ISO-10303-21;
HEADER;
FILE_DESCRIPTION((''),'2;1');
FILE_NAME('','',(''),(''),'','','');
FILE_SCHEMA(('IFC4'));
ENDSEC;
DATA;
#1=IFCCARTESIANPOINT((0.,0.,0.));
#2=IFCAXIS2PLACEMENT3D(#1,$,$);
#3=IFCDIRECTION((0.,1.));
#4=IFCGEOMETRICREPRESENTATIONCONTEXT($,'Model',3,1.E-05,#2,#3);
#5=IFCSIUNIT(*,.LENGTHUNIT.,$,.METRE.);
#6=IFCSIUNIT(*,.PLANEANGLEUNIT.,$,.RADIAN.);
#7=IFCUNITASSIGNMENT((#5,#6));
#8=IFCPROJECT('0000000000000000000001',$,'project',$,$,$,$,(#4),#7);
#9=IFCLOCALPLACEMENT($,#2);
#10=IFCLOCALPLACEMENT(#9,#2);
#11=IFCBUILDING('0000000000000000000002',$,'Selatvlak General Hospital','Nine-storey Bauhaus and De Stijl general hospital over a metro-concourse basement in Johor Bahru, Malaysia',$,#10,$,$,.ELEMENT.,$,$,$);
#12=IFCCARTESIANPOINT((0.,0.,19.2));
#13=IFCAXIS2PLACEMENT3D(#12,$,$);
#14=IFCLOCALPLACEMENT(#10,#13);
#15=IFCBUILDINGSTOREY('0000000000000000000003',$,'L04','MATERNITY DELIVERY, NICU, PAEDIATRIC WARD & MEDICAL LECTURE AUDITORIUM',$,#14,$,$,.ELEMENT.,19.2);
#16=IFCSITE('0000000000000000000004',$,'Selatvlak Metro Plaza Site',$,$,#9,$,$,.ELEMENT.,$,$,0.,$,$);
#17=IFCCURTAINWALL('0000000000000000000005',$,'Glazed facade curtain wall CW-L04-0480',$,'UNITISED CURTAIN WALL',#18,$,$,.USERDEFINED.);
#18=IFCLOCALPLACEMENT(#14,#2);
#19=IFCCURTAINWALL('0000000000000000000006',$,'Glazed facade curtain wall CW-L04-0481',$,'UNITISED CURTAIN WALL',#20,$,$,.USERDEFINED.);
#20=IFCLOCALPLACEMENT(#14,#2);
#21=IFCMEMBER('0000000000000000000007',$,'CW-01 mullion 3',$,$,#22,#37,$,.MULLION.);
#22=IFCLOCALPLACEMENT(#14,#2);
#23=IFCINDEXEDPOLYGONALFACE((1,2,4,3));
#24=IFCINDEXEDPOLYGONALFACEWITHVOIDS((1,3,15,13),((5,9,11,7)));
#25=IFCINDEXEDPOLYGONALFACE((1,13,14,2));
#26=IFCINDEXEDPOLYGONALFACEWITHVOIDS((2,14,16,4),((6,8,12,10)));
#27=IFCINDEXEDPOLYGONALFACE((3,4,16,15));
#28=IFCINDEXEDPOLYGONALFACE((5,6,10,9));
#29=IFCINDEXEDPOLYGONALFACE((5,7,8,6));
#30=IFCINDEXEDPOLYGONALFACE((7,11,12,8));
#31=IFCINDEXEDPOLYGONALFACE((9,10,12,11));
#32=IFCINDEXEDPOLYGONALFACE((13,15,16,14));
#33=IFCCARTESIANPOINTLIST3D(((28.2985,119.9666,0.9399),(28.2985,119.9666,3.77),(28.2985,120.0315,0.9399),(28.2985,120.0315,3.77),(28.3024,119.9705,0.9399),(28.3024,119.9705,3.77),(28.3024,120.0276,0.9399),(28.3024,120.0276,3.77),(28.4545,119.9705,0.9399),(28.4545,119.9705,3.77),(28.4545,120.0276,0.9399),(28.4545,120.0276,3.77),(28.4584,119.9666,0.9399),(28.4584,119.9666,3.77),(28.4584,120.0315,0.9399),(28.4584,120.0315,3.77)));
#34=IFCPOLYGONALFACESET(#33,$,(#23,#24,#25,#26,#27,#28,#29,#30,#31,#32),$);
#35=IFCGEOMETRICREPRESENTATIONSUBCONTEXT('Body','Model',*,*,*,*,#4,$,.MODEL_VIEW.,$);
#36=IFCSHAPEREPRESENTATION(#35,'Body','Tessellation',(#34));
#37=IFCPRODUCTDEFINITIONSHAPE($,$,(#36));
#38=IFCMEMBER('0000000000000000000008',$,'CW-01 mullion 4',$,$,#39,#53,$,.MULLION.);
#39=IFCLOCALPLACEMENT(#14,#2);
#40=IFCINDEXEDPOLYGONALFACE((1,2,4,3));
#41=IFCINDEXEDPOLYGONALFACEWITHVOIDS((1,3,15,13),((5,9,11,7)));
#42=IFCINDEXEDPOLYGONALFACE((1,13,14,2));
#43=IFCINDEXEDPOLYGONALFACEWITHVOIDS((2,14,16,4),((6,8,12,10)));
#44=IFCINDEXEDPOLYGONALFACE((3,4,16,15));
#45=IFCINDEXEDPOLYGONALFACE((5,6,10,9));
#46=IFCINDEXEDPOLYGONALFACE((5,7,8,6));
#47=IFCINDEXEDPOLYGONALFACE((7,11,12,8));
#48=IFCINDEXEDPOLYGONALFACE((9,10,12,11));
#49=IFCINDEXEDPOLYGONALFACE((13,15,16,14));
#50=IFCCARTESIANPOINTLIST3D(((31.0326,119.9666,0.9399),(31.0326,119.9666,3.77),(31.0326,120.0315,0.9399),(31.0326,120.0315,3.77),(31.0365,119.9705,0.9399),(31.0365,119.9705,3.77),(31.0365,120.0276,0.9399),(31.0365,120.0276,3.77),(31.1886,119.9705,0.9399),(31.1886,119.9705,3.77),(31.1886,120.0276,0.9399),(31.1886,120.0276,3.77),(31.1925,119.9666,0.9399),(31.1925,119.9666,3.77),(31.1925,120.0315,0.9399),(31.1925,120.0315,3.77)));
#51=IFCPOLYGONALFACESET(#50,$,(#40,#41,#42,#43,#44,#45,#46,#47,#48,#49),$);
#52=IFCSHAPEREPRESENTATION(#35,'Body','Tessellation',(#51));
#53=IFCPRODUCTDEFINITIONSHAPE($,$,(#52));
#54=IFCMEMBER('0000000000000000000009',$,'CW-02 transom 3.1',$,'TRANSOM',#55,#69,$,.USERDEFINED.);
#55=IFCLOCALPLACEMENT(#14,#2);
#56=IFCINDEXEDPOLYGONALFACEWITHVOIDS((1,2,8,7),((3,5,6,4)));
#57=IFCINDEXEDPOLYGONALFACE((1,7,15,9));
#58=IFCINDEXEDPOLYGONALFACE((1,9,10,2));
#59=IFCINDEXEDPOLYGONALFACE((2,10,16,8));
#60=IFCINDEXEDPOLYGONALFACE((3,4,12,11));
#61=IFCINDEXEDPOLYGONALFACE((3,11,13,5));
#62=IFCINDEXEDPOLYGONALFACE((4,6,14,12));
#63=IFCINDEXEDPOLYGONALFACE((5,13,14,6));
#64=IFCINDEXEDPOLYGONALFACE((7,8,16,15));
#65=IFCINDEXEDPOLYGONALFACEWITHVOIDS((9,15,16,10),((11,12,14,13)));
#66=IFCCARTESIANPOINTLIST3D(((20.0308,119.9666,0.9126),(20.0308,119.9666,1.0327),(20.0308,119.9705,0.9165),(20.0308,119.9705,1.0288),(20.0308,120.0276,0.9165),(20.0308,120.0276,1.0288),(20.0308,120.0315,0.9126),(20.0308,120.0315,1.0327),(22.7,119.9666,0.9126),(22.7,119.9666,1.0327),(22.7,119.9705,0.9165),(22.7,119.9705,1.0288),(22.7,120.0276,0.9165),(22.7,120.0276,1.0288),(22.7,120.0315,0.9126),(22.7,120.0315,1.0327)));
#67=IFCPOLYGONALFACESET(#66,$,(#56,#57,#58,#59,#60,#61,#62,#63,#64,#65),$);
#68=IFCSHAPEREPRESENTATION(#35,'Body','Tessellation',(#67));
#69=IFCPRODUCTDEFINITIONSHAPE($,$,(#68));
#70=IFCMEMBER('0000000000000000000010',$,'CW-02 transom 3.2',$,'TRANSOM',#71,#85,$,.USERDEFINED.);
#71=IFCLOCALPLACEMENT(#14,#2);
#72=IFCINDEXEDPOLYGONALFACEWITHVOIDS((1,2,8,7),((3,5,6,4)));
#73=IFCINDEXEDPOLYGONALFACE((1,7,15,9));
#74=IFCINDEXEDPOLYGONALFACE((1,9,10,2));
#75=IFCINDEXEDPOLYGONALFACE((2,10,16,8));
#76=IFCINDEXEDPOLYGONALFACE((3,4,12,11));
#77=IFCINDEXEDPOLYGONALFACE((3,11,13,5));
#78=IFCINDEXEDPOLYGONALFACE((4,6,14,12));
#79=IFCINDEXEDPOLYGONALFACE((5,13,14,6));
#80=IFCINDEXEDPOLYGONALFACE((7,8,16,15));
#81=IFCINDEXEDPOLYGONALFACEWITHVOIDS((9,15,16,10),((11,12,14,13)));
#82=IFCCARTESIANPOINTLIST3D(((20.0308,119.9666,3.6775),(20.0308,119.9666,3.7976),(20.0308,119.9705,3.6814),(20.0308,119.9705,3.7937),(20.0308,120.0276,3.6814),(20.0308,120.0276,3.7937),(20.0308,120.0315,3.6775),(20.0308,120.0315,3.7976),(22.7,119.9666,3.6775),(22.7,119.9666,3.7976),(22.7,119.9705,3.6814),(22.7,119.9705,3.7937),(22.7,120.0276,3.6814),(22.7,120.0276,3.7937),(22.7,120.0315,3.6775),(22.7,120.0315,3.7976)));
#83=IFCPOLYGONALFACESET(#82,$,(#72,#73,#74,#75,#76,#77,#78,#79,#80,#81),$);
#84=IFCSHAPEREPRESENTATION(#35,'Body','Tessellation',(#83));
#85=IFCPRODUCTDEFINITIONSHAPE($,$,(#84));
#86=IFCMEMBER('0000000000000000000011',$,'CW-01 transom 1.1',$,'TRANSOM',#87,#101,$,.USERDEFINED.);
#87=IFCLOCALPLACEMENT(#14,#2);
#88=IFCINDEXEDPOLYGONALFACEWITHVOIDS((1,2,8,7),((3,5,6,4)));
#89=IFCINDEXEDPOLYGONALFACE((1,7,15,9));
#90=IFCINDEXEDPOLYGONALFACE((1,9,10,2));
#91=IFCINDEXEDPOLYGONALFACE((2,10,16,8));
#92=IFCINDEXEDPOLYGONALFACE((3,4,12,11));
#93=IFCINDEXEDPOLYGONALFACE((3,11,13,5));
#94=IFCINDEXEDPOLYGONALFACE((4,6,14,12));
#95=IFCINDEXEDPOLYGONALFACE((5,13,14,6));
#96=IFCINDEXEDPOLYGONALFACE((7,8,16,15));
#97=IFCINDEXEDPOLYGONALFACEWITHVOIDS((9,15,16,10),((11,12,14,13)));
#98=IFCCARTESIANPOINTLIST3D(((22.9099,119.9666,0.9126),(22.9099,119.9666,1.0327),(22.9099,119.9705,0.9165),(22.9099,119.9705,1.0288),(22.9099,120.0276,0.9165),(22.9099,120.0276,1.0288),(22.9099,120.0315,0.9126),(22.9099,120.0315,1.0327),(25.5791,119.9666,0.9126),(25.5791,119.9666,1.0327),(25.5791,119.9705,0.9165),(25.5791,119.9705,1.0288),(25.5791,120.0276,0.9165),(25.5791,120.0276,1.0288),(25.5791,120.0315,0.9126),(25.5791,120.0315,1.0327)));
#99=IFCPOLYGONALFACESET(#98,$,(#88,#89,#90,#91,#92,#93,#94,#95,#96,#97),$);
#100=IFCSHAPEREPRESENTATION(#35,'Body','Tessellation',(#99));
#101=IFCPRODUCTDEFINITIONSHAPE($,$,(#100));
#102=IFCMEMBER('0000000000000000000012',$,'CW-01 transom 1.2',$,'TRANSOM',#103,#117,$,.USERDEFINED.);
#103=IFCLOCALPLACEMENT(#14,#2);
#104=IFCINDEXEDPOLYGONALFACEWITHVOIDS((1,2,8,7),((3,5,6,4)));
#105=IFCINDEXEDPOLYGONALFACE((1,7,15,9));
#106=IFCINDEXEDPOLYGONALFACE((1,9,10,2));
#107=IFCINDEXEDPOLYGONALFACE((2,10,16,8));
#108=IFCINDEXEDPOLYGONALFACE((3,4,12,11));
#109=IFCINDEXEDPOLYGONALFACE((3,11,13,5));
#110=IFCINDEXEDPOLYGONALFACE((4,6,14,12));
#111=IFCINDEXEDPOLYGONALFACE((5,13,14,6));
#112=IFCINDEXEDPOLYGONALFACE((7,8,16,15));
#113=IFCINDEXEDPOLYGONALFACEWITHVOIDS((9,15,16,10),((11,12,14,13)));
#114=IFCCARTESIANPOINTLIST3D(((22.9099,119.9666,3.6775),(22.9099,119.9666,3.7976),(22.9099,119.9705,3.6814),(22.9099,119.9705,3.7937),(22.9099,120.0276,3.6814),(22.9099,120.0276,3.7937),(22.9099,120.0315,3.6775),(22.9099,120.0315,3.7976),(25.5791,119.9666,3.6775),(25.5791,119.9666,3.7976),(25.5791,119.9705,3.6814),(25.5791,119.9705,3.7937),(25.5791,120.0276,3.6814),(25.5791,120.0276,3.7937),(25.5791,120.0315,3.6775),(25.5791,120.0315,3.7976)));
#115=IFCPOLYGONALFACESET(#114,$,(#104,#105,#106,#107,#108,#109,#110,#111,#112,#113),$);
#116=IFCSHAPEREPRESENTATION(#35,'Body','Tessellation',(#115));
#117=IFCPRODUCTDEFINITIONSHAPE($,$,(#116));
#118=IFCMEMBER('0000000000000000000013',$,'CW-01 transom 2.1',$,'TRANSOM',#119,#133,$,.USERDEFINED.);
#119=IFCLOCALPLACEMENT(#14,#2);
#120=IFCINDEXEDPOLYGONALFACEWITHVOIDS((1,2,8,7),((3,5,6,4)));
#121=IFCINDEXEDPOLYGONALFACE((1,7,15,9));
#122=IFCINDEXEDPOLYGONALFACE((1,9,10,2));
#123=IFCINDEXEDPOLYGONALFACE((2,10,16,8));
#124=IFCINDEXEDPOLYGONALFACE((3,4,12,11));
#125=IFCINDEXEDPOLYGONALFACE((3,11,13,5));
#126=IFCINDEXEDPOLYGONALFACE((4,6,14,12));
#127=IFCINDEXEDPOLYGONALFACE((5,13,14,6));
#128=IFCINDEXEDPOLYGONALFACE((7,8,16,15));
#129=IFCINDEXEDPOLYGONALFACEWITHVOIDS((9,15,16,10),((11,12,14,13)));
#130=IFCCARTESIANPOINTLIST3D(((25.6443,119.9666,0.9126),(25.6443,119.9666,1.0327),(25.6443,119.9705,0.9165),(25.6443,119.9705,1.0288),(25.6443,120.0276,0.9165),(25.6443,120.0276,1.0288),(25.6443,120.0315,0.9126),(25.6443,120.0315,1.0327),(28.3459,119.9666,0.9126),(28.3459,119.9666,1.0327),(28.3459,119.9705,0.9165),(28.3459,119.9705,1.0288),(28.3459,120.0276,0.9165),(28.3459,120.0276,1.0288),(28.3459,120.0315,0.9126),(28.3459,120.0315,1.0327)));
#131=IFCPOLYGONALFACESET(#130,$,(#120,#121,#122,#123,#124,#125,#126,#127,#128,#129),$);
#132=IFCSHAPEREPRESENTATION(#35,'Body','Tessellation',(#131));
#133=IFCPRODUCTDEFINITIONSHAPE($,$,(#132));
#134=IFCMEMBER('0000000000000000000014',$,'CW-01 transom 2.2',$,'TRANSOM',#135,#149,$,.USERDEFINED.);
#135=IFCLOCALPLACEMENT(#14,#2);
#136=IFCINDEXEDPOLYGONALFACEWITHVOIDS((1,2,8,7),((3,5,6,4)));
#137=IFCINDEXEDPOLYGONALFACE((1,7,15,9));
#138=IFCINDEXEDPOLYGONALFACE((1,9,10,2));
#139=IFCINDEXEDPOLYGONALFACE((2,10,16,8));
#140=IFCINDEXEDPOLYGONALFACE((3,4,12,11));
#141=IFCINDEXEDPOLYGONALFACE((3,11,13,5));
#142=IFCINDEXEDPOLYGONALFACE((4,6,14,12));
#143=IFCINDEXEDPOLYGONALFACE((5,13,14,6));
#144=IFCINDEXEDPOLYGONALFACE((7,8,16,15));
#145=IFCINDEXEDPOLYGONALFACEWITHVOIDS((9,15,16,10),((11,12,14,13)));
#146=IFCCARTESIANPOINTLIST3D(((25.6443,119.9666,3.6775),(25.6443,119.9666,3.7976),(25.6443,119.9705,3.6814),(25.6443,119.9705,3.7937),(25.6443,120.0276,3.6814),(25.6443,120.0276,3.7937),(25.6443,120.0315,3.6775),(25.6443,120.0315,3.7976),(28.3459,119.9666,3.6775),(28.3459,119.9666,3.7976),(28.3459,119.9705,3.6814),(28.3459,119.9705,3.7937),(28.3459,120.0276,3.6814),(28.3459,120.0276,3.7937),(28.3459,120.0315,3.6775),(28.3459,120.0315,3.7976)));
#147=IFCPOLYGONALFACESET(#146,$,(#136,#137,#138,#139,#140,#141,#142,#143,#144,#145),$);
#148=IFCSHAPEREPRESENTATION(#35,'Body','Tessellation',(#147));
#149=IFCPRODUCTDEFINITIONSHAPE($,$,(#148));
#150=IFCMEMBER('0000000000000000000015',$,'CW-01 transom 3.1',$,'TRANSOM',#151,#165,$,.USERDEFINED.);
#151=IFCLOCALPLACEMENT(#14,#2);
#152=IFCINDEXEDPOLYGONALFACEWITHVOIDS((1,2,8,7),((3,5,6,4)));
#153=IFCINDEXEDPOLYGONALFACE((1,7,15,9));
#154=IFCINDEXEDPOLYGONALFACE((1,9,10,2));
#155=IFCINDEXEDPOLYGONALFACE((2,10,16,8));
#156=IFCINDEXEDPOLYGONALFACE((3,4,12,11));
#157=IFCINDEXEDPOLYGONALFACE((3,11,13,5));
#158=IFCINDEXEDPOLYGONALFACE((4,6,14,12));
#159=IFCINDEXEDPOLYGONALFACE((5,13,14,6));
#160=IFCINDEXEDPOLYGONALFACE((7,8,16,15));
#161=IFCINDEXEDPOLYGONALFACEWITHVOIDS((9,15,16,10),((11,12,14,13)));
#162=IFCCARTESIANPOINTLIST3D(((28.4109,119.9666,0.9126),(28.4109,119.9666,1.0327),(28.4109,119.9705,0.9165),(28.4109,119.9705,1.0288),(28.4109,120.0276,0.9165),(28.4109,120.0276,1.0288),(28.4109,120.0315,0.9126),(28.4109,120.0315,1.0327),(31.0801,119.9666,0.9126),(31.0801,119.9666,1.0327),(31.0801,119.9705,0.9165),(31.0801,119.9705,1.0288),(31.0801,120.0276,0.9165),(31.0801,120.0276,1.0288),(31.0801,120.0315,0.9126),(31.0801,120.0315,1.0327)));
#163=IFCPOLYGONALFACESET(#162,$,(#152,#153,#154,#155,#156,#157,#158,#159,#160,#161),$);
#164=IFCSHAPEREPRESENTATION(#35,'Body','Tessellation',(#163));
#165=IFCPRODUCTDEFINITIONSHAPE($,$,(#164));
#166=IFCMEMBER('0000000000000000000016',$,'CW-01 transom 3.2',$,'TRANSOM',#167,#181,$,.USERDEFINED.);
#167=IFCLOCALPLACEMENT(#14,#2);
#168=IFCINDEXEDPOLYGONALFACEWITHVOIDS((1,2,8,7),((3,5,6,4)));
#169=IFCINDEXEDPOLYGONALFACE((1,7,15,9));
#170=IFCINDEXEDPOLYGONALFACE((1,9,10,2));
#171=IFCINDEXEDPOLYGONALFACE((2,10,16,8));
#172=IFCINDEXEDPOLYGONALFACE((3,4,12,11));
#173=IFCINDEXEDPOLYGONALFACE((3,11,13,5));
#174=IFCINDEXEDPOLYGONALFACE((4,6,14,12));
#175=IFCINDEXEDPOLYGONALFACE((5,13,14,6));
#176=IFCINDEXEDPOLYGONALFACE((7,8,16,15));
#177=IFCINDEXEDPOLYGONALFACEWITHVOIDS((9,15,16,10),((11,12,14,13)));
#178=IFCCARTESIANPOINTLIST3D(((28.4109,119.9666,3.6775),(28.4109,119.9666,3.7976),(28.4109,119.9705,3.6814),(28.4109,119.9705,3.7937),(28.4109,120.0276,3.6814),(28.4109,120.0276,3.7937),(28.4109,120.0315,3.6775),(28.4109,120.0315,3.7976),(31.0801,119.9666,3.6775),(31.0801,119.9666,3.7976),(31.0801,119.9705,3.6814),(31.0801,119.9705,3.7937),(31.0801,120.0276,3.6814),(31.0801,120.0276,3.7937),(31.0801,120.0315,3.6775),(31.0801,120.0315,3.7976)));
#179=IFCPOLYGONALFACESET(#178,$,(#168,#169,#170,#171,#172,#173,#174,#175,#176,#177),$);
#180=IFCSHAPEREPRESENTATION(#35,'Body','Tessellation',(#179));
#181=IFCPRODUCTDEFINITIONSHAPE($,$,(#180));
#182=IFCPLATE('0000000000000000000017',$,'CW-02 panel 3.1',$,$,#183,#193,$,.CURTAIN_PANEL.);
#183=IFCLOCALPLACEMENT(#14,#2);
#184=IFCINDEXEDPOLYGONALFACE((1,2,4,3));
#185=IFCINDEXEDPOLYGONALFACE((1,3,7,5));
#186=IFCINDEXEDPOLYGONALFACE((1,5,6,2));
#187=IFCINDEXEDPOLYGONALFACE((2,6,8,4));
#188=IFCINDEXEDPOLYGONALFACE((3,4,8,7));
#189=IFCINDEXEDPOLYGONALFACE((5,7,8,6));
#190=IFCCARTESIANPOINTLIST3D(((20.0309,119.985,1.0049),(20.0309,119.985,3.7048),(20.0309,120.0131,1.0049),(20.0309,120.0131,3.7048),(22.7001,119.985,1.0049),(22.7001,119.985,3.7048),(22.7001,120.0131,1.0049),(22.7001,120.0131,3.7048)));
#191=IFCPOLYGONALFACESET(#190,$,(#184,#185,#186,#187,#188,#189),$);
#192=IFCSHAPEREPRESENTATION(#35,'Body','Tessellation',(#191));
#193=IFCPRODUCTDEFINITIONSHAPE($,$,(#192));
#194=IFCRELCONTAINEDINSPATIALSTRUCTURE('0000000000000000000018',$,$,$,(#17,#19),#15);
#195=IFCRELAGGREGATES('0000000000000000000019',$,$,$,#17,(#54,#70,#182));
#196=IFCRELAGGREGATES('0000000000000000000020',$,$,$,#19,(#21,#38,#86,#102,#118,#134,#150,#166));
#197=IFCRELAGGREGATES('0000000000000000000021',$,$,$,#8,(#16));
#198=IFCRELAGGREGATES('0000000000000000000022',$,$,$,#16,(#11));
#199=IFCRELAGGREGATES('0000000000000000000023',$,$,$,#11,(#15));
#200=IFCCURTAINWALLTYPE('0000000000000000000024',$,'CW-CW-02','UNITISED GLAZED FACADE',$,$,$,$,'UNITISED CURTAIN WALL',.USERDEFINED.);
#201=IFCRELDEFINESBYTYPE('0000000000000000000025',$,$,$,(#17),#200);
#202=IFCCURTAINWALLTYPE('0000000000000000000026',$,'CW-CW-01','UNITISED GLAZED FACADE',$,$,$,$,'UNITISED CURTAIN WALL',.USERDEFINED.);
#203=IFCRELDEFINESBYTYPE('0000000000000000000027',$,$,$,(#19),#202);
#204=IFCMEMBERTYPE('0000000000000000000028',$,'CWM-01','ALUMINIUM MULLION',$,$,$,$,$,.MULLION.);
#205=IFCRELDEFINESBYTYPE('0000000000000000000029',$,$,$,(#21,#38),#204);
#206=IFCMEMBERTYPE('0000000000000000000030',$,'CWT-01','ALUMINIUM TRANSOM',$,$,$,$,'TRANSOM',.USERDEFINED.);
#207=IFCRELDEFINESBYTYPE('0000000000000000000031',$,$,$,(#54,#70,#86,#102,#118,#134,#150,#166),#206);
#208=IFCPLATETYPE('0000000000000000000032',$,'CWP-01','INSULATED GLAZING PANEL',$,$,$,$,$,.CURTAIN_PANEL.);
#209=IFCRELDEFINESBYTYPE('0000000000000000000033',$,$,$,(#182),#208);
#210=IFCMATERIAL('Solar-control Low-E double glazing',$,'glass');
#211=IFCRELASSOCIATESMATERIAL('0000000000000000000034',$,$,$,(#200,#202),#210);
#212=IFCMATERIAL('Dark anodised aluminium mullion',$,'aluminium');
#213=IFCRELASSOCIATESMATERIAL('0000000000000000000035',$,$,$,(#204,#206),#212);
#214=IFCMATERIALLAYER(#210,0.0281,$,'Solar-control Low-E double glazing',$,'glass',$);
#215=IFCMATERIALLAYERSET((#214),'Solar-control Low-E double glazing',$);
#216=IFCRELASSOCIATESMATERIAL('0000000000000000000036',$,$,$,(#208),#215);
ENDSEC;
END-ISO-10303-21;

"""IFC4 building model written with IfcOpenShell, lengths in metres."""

from ifc_helpers import new_model, si_unit, direction, frame, origin, origin_2d, place, context, subcontext, project, spatial, rectangle, hollow_rectangle, extrude, material, layer, layer_set, material_profile, profile_set, type_object, element, aggregate, save


model = new_model("IFC4")

# Units and contexts
model_context = context("Model", 3, precision=1e-05, world=origin(), true_north=direction((0.0, 1.0)))
body_context = subcontext(model_context, "Body", "Model", "MODEL_VIEW")
ifc_project = project(units=[si_unit("LENGTHUNIT", "METRE"), si_unit("PLANEANGLEUNIT", "RADIAN")], contexts=[model_context])

# Site, building, storey
site_placement = place(None, origin())
site = spatial("IfcSite", under=ifc_project, at=site_placement, Name="Selatvlak Metro Plaza Site", CompositionType="ELEMENT", RefElevation=0.0)
building_placement = place(site_placement, origin())
building = spatial("IfcBuilding", under=site, at=building_placement, Name="Selatvlak General Hospital", Description="Nine-storey Bauhaus and De Stijl general hospital over a metro-concourse basement in Johor Bahru, Malaysia", CompositionType="ELEMENT")
storey_placement = place(building_placement, frame((0.0, 0.0, 19.2)))
storey = spatial("IfcBuildingStorey", under=building, at=storey_placement, Name="L04", Description="MATERNITY DELIVERY, NICU, PAEDIATRIC WARD & MEDICAL LECTURE AUDITORIUM", CompositionType="ELEMENT", Elevation=19.2)

# Curtain wall
ifc_material_1 = material(Name="Solar-control Low-E double glazing", Category="glass")
curtain_wall_type_1 = type_object("IfcCurtainWallType", Name="CW-CW-02", Description="UNITISED GLAZED FACADE", ElementType="UNITISED CURTAIN WALL", PredefinedType="USERDEFINED", material=ifc_material_1)
curtain_wall_1_placement = place(storey_placement, origin())
curtain_wall_1 = element("IfcCurtainWall", 1, at=curtain_wall_1_placement, inside=storey, type_object=curtain_wall_type_1, Name="Glazed facade curtain wall CW-L04-0480", ObjectType="UNITISED CURTAIN WALL", PredefinedType="USERDEFINED")
ifc_material_2 = material(Name="Dark anodised aluminium mullion", Category="aluminium")
ifc_material_profile_1 = material_profile(ifc_material_2, hollow_rectangle(XDim=0.0649, YDim=0.1599, WallThickness=0.0039, at=origin_2d()), Name="AL-MUL 65x160x4")
ifc_profile_set_1 = profile_set([ifc_material_profile_1], Name="Dark anodised aluminium mullion")
member_type_1 = type_object("IfcMemberType", Name="CWM-01", Description="ALUMINIUM MULLION", PredefinedType="MULLION", material=ifc_profile_set_1)

# Curtain wall, members
curtain_wall_type_2 = type_object("IfcCurtainWallType", Name="CW-CW-01", Description="UNITISED GLAZED FACADE", ElementType="UNITISED CURTAIN WALL", PredefinedType="USERDEFINED", material=ifc_material_1)
curtain_wall_2_placement = place(storey_placement, origin())
curtain_wall_2 = element("IfcCurtainWall", 2, at=curtain_wall_2_placement, inside=storey, type_object=curtain_wall_type_2, Name="Glazed facade curtain wall CW-L04-0481", ObjectType="UNITISED CURTAIN WALL", PredefinedType="USERDEFINED")
member_1_placement = place(storey_placement, frame((28.3784, 119.999, 0.9399), z_axis=(0.0, 0.0, 1.0), x_axis=(0.0, 1.0, 0.0)))
member_1 = element("IfcMember", 3, at=member_1_placement, type_object=member_type_1, Name="CW-01 mullion 3", PredefinedType="MULLION", context=body_context, shape_type="SweptSolid", body=[
    extrude(hollow_rectangle(XDim=0.0649, YDim=0.1599, WallThickness=0.0039, at=origin_2d()), origin(), (0.0, 0.0, 1.0), 2.8301),
])
member_2_placement = place(storey_placement, frame((31.1125, 119.999, 0.9399), z_axis=(0.0, 0.0, 1.0), x_axis=(0.0, 1.0, 0.0)))
member_2 = element("IfcMember", 4, at=member_2_placement, type_object=member_type_1, Name="CW-01 mullion 4", PredefinedType="MULLION", context=body_context, shape_type="SweptSolid", body=[
    extrude(hollow_rectangle(XDim=0.0649, YDim=0.1599, WallThickness=0.0039, at=origin_2d()), origin(), (0.0, 0.0, 1.0), 2.8301),
])

# Members
ifc_material_profile_2 = material_profile(ifc_material_2, hollow_rectangle(XDim=0.0649, YDim=0.1201, WallThickness=0.0039, at=origin_2d()), Name="AL-TRN 65x120x4")
ifc_profile_set_2 = profile_set([ifc_material_profile_2], Name="Dark anodised aluminium mullion")
member_type_2 = type_object("IfcMemberType", Name="CWT-01", Description="ALUMINIUM TRANSOM", ElementType="TRANSOM", PredefinedType="USERDEFINED", material=ifc_profile_set_2)
member_3_placement = place(storey_placement, frame((20.0308, 119.999, 0.9727), z_axis=(1.0, 0.0, 0.0), x_axis=(0.0, 1.0, 0.0)))
member_3 = element("IfcMember", 5, at=member_3_placement, type_object=member_type_2, Name="CW-02 transom 3.1", ObjectType="TRANSOM", PredefinedType="USERDEFINED", context=body_context, shape_type="SweptSolid", body=[
    extrude(hollow_rectangle(XDim=0.0649, YDim=0.1201, WallThickness=0.0039, at=origin_2d()), origin(), (0.0, 0.0, 1.0), 2.6692),
])
member_4_placement = place(storey_placement, frame((20.0308, 119.999, 3.7375), z_axis=(1.0, 0.0, 0.0), x_axis=(0.0, 1.0, 0.0)))
member_4 = element("IfcMember", 6, at=member_4_placement, type_object=member_type_2, Name="CW-02 transom 3.2", ObjectType="TRANSOM", PredefinedType="USERDEFINED", context=body_context, shape_type="SweptSolid", body=[
    extrude(hollow_rectangle(XDim=0.0649, YDim=0.1201, WallThickness=0.0039, at=origin_2d()), origin(), (0.0, 0.0, 1.0), 2.6692),
])
member_5_placement = place(storey_placement, frame((22.9099, 119.999, 0.9727), z_axis=(1.0, 0.0, 0.0), x_axis=(0.0, 1.0, 0.0)))
member_5 = element("IfcMember", 7, at=member_5_placement, type_object=member_type_2, Name="CW-01 transom 1.1", ObjectType="TRANSOM", PredefinedType="USERDEFINED", context=body_context, shape_type="SweptSolid", body=[
    extrude(hollow_rectangle(XDim=0.0649, YDim=0.1201, WallThickness=0.0039, at=origin_2d()), origin(), (0.0, 0.0, 1.0), 2.6692),
])
member_6_placement = place(storey_placement, frame((22.9099, 119.999, 3.7375), z_axis=(1.0, 0.0, 0.0), x_axis=(0.0, 1.0, 0.0)))
member_6 = element("IfcMember", 8, at=member_6_placement, type_object=member_type_2, Name="CW-01 transom 1.2", ObjectType="TRANSOM", PredefinedType="USERDEFINED", context=body_context, shape_type="SweptSolid", body=[
    extrude(hollow_rectangle(XDim=0.0649, YDim=0.1201, WallThickness=0.0039, at=origin_2d()), origin(), (0.0, 0.0, 1.0), 2.6692),
])
member_7_placement = place(storey_placement, frame((25.6443, 119.999, 0.9727), z_axis=(1.0, 0.0, 0.0), x_axis=(0.0, 1.0, 0.0)))
member_7 = element("IfcMember", 9, at=member_7_placement, type_object=member_type_2, Name="CW-01 transom 2.1", ObjectType="TRANSOM", PredefinedType="USERDEFINED", context=body_context, shape_type="SweptSolid", body=[
    extrude(hollow_rectangle(XDim=0.0649, YDim=0.1201, WallThickness=0.0039, at=origin_2d()), origin(), (0.0, 0.0, 1.0), 2.7017),
])
member_8_placement = place(storey_placement, frame((25.6443, 119.999, 3.7375), z_axis=(1.0, 0.0, 0.0), x_axis=(0.0, 1.0, 0.0)))
member_8 = element("IfcMember", 10, at=member_8_placement, type_object=member_type_2, Name="CW-01 transom 2.2", ObjectType="TRANSOM", PredefinedType="USERDEFINED", context=body_context, shape_type="SweptSolid", body=[
    extrude(hollow_rectangle(XDim=0.0649, YDim=0.1201, WallThickness=0.0039, at=origin_2d()), origin(), (0.0, 0.0, 1.0), 2.7017),
])
member_9_placement = place(storey_placement, frame((28.4109, 119.999, 0.9727), z_axis=(1.0, 0.0, 0.0), x_axis=(0.0, 1.0, 0.0)))
member_9 = element("IfcMember", 11, at=member_9_placement, type_object=member_type_2, Name="CW-01 transom 3.1", ObjectType="TRANSOM", PredefinedType="USERDEFINED", context=body_context, shape_type="SweptSolid", body=[
    extrude(hollow_rectangle(XDim=0.0649, YDim=0.1201, WallThickness=0.0039, at=origin_2d()), origin(), (0.0, 0.0, 1.0), 2.6692),
])
member_10_placement = place(storey_placement, frame((28.4109, 119.999, 3.7375), z_axis=(1.0, 0.0, 0.0), x_axis=(0.0, 1.0, 0.0)))
member_10 = element("IfcMember", 12, at=member_10_placement, type_object=member_type_2, Name="CW-01 transom 3.2", ObjectType="TRANSOM", PredefinedType="USERDEFINED", context=body_context, shape_type="SweptSolid", body=[
    extrude(hollow_rectangle(XDim=0.0649, YDim=0.1201, WallThickness=0.0039, at=origin_2d()), origin(), (0.0, 0.0, 1.0), 2.6692),
])

# Plate
ifc_layer_1 = layer(ifc_material_1, 0.0281, Name="Solar-control Low-E double glazing", Category="glass")
ifc_layer_set_1 = layer_set([ifc_layer_1], Name="Solar-control Low-E double glazing")
plate_type = type_object("IfcPlateType", Name="CWP-01", Description="INSULATED GLAZING PANEL", PredefinedType="CURTAIN_PANEL", material=ifc_layer_set_1)
plate_1_placement = place(storey_placement, frame((21.3655, 119.999, 1.0049), z_axis=(0.0, 0.0, 1.0), x_axis=(1.0, 0.0, 0.0)))
plate_1 = element("IfcPlate", 13, at=plate_1_placement, type_object=plate_type, Name="CW-02 panel 3.1", PredefinedType="CURTAIN_PANEL", context=body_context, shape_type="SweptSolid", body=[
    extrude(rectangle(XDim=2.6692, YDim=0.0281, at=origin_2d()), origin(), (0.0, 0.0, 1.0), 2.7),
])
aggregate(curtain_wall_1, [member_3, member_4, plate_1])
aggregate(curtain_wall_2, [member_1, member_2, member_5, member_6, member_7, member_8, member_9, member_10])

save(model, "model.ifc")
